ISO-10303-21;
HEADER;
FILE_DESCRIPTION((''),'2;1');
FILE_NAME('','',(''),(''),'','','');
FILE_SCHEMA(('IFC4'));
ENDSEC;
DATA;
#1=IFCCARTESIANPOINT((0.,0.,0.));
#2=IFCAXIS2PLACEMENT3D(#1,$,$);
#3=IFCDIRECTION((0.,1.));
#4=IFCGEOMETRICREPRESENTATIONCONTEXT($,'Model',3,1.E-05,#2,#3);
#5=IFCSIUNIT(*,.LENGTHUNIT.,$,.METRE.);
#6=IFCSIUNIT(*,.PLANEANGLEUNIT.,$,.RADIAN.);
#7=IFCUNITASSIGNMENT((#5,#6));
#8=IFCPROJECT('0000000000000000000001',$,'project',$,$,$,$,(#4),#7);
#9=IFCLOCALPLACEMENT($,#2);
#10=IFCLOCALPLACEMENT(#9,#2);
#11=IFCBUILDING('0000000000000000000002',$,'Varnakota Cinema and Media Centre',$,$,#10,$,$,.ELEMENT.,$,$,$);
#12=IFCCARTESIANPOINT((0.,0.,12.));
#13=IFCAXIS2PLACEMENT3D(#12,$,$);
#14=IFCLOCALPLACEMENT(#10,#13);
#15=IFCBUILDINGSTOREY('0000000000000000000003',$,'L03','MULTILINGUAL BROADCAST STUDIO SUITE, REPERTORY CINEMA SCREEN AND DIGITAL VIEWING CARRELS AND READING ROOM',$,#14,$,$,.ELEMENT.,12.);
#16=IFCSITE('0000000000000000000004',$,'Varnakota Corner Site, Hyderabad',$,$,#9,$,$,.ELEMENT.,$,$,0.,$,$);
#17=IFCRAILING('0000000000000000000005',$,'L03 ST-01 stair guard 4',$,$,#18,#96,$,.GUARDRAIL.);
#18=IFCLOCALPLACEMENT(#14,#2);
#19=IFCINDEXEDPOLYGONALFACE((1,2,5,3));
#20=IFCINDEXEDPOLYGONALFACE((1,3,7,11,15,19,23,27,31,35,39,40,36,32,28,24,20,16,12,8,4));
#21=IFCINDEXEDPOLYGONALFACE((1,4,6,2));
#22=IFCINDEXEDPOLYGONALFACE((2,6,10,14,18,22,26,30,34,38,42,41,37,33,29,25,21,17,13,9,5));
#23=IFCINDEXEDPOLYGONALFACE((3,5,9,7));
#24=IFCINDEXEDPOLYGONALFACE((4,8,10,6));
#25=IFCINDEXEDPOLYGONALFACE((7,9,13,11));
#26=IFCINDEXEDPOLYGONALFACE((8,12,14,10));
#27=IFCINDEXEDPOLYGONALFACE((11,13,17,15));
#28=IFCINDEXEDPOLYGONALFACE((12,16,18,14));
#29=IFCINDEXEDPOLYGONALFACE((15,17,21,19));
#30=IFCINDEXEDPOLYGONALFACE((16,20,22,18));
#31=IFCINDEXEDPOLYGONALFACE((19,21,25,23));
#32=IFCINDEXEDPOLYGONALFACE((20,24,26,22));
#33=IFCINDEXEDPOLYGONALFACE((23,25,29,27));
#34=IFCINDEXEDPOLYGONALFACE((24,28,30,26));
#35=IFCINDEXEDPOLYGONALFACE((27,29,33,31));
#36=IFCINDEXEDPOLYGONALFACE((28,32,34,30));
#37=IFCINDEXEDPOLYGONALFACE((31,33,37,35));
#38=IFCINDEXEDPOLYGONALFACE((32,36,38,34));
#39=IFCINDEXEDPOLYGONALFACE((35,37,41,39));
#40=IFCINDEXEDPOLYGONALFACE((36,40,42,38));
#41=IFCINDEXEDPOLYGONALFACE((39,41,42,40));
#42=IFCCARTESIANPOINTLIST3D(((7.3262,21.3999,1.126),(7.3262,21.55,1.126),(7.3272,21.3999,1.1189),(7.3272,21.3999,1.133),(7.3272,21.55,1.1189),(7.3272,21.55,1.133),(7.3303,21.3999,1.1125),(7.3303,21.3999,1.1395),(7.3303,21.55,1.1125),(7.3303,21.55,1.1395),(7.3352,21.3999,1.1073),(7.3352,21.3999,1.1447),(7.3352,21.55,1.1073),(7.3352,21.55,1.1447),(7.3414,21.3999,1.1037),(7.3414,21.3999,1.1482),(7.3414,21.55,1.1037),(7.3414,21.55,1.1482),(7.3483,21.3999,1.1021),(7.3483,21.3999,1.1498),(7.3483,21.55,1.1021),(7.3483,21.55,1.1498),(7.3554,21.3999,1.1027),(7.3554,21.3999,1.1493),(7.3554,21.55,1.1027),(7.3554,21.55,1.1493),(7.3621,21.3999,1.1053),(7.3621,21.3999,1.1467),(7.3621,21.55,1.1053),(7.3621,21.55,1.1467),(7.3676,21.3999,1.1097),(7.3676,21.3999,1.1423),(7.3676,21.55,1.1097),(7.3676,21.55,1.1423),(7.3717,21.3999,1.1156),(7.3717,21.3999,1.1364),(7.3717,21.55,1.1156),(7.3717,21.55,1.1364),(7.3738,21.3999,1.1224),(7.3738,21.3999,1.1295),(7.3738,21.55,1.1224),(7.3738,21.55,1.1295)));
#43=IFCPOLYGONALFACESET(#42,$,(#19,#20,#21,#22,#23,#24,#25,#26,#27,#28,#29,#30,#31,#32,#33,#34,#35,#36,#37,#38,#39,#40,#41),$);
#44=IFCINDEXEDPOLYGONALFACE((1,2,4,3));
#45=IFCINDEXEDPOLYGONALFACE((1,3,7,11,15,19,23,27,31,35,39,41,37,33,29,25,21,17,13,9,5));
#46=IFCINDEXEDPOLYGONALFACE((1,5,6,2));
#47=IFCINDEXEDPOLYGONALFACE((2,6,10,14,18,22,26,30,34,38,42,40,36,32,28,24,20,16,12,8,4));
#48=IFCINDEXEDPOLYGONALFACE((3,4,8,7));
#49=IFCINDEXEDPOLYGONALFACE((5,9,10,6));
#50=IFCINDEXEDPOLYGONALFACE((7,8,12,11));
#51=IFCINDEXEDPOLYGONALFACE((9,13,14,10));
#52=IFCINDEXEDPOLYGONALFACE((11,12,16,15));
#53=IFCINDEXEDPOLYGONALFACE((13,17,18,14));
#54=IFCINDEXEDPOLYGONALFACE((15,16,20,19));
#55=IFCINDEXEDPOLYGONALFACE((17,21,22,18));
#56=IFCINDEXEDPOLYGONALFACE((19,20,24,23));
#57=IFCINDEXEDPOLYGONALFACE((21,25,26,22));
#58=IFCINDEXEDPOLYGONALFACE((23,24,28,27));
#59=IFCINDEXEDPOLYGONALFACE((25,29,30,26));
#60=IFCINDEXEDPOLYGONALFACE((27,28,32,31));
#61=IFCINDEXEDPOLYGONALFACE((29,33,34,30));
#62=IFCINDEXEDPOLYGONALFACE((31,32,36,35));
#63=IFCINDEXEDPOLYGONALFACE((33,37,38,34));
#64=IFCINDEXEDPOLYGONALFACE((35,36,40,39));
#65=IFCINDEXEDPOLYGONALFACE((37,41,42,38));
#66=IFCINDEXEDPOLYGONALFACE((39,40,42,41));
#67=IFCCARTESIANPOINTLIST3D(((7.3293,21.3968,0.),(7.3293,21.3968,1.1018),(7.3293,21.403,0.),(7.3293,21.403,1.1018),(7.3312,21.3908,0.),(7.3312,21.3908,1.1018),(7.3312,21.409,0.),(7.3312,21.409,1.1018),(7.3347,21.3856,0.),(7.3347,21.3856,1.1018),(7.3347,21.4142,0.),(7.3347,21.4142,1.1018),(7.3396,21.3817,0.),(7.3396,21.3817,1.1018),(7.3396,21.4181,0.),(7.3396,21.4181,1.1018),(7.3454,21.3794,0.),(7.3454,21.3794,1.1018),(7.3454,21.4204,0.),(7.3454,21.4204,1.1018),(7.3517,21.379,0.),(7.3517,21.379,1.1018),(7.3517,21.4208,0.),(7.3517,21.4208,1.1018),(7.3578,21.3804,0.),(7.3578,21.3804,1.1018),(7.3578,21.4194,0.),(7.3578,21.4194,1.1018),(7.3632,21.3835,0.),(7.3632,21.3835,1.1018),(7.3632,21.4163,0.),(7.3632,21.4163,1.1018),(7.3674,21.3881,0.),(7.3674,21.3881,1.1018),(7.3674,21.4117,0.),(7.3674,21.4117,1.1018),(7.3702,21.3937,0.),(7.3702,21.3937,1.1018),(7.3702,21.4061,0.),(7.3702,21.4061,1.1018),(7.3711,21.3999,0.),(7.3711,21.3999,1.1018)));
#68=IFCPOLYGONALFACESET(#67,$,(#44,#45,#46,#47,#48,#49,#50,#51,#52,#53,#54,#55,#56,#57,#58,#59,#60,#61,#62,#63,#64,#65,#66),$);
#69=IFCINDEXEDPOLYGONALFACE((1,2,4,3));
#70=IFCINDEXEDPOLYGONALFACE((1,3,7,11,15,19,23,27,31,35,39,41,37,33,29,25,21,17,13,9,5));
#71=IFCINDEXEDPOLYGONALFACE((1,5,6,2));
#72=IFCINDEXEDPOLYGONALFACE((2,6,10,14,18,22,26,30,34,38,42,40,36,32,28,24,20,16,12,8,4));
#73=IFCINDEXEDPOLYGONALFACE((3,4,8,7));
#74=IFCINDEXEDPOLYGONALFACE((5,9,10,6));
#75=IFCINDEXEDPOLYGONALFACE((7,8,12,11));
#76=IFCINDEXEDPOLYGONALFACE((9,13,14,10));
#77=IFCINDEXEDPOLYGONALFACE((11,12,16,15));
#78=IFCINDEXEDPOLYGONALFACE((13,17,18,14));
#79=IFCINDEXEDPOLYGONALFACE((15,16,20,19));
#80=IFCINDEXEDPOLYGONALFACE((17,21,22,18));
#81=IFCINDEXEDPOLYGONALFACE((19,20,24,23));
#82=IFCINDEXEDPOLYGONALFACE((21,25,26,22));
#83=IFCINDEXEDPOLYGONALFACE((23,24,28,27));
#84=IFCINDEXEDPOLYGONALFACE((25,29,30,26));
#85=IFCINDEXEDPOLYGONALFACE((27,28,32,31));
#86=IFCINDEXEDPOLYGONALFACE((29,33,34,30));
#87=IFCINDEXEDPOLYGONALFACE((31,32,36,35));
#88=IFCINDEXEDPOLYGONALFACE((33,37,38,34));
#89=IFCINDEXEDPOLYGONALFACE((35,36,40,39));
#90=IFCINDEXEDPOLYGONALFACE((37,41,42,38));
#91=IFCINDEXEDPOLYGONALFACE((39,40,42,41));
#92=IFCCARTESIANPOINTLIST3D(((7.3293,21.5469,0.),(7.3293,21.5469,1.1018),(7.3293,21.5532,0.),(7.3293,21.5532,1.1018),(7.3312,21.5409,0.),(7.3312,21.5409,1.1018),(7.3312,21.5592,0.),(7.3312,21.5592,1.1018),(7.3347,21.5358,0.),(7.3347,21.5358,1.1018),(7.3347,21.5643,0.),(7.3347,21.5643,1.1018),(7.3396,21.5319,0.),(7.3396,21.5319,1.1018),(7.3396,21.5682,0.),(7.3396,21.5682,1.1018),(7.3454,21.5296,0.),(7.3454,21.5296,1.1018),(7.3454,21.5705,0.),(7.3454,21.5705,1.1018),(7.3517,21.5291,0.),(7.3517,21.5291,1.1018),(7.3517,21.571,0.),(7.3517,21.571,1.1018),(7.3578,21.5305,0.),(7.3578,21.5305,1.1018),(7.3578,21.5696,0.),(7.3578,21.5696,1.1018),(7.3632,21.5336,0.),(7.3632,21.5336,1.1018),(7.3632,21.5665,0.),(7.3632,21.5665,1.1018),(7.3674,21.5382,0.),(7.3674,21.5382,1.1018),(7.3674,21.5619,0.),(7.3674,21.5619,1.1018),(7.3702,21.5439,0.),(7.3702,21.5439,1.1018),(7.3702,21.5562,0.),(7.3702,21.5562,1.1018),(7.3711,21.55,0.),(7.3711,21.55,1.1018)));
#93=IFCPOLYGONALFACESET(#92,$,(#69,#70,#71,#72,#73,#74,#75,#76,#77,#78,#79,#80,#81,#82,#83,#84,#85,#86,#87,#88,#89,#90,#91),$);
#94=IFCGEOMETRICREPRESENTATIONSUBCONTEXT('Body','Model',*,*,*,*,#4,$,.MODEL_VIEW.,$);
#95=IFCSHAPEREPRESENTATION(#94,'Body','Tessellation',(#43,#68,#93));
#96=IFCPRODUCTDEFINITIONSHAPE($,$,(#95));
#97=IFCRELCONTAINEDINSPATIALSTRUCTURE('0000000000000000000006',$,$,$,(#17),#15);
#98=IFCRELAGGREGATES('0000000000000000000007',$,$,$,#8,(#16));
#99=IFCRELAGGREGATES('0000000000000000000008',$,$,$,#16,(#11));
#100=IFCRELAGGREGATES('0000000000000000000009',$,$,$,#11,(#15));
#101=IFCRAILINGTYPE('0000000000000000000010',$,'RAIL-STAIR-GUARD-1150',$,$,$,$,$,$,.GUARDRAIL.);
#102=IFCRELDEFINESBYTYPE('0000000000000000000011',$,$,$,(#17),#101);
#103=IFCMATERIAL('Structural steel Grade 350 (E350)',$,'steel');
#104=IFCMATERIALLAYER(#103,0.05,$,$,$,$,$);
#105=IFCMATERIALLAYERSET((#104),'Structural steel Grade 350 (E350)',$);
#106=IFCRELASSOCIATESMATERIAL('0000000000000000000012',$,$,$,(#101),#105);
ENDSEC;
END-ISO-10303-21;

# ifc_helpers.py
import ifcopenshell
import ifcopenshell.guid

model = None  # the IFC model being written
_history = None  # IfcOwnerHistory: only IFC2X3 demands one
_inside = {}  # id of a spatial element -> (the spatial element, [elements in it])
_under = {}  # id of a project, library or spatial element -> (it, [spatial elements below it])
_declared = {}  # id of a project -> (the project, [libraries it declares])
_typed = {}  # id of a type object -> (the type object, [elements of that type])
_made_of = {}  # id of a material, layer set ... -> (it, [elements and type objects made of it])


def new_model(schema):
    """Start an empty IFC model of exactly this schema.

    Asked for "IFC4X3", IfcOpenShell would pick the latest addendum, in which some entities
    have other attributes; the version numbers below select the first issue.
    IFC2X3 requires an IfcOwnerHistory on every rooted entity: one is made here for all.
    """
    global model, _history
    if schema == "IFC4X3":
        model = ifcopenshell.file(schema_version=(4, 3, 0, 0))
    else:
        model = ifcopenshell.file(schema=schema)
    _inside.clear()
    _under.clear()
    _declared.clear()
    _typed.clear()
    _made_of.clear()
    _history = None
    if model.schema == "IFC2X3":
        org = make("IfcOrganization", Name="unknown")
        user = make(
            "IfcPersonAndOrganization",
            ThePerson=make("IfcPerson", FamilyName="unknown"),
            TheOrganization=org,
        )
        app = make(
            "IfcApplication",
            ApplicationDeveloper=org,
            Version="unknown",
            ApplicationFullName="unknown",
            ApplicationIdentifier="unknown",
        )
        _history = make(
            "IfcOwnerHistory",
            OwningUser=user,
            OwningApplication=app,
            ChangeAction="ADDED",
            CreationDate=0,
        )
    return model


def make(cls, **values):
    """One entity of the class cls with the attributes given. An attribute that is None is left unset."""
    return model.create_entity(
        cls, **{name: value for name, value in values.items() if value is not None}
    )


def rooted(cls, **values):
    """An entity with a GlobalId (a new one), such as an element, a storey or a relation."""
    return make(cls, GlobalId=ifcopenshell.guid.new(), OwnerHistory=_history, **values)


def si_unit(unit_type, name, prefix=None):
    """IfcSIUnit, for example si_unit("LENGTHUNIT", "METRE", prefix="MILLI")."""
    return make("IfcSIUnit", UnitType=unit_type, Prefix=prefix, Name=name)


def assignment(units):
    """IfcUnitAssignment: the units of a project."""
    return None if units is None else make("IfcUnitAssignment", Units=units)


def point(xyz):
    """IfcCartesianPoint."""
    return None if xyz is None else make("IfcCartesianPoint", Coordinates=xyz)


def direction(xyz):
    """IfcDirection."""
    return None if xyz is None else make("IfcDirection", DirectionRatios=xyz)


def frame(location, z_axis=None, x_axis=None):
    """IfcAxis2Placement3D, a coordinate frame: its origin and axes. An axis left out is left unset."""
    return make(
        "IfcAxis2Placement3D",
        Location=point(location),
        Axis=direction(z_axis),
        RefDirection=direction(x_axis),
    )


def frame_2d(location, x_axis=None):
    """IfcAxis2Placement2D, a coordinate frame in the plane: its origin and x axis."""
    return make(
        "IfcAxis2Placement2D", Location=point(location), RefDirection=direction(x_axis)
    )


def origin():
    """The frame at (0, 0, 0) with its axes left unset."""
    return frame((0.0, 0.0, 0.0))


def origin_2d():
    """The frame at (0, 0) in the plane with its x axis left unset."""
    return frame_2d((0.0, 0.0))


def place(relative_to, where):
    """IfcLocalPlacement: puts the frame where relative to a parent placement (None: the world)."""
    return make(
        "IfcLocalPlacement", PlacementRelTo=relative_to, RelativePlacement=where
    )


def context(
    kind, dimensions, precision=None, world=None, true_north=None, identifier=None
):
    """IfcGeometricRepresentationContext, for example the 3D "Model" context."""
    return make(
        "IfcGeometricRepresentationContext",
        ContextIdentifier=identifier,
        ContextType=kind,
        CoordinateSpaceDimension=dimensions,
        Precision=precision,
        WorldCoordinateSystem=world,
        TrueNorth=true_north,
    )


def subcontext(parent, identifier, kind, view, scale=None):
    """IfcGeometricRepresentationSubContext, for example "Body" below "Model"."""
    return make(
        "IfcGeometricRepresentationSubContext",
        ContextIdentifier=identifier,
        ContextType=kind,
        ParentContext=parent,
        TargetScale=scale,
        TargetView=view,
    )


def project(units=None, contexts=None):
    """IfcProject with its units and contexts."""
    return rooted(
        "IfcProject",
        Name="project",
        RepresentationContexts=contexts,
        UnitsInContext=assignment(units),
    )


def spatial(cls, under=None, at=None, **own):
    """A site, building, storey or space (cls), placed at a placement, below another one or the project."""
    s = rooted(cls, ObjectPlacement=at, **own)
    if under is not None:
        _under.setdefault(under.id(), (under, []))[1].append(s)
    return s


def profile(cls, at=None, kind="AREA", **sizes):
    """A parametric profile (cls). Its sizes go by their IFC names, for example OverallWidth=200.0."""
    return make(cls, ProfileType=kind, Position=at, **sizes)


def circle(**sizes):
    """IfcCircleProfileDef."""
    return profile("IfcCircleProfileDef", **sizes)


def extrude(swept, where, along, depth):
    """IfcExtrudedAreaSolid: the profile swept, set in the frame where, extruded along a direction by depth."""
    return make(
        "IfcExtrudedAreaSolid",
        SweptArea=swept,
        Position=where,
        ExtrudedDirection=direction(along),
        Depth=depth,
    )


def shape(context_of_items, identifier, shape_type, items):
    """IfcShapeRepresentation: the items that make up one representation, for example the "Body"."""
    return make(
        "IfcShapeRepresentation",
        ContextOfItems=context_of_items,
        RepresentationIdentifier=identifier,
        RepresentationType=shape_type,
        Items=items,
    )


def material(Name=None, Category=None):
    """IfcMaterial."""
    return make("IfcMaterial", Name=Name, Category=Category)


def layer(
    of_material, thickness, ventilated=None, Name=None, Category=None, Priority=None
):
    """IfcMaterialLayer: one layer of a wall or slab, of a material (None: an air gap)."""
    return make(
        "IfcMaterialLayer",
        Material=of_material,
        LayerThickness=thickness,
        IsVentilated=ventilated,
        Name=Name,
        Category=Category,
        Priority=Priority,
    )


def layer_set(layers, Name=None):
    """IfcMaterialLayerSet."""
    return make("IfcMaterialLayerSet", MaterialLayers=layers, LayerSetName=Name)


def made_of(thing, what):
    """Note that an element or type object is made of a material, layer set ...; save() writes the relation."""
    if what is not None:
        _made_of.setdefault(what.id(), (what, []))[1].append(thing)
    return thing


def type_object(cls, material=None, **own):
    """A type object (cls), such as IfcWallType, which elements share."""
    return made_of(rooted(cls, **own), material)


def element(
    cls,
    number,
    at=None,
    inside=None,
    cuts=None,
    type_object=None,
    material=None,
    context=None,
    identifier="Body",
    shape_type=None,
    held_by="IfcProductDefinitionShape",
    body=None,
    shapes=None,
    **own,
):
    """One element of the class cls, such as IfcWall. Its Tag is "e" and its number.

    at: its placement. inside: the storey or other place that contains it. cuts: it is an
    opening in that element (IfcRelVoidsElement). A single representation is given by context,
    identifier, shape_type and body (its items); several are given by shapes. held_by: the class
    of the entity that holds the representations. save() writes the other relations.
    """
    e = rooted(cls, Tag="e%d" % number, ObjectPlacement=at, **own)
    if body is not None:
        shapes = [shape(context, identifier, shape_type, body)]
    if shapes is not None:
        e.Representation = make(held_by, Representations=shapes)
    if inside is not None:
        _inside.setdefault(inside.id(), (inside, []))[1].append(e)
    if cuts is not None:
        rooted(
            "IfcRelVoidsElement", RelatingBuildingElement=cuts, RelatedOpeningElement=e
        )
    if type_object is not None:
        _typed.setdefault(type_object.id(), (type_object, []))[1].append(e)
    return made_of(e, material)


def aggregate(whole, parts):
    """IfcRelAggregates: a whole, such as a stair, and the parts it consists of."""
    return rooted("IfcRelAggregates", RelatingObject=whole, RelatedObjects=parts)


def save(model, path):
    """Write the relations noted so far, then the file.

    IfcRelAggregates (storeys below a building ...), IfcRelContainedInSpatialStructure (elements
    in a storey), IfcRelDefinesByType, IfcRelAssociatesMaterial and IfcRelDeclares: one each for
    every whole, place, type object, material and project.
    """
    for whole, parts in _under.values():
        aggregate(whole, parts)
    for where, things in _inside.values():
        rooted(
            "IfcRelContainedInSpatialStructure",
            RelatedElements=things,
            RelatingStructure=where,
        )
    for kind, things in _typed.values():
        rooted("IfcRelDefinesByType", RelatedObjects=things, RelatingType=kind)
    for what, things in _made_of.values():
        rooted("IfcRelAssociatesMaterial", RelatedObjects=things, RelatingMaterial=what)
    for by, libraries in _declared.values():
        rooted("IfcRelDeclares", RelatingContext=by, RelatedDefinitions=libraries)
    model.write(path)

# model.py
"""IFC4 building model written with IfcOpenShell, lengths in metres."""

from ifc_helpers import new_model, si_unit, direction, frame, origin, origin_2d, place, context, subcontext, project, spatial, circle, extrude, material, layer, layer_set, type_object, element, save


model = new_model("IFC4")

# Units and contexts
model_context = context("Model", 3, precision=1e-05, world=origin(), true_north=direction((0.0, 1.0)))
body_context = subcontext(model_context, "Body", "Model", "MODEL_VIEW")
ifc_project = project(units=[si_unit("LENGTHUNIT", "METRE"), si_unit("PLANEANGLEUNIT", "RADIAN")], contexts=[model_context])

# Site, building, storey
site_placement = place(None, origin())
site = spatial("IfcSite", under=ifc_project, at=site_placement, Name="Varnakota Corner Site, Hyderabad", CompositionType="ELEMENT", RefElevation=0.0)
building_placement = place(site_placement, origin())
building = spatial("IfcBuilding", under=site, at=building_placement, Name="Varnakota Cinema and Media Centre", CompositionType="ELEMENT")
storey_placement = place(building_placement, frame((0.0, 0.0, 12.0)))
storey = spatial("IfcBuildingStorey", under=building, at=storey_placement, Name="L03", Description="MULTILINGUAL BROADCAST STUDIO SUITE, REPERTORY CINEMA SCREEN AND DIGITAL VIEWING CARRELS AND READING ROOM", CompositionType="ELEMENT", Elevation=12.0)

# Railing
ifc_material_1 = material(Name="Structural steel Grade 350 (E350)", Category="steel")
ifc_layer_1 = layer(ifc_material_1, 0.05)
ifc_layer_set_1 = layer_set([ifc_layer_1], Name="Structural steel Grade 350 (E350)")
railing_type_1 = type_object("IfcRailingType", Name="RAIL-STAIR-GUARD-1150", PredefinedType="GUARDRAIL", material=ifc_layer_set_1)
railing_1_placement = place(storey_placement, frame((7.3501, 21.3999, 0.0)))
element("IfcRailing", 1, at=railing_1_placement, inside=storey, type_object=railing_type_1, Name="L03 ST-01 stair guard 4", PredefinedType="GUARDRAIL", context=body_context, shape_type="SweptSolid", body=[
    extrude(circle(Radius=0.0239, at=origin_2d()), frame((0.0, 0.0, 1.126), z_axis=(0.0, 1.0, 0.0), x_axis=(-1.0, 0.0, 0.0)), (0.0, 0.0, 1.0), 0.1501),
    extrude(circle(Radius=0.021, at=origin_2d()), origin(), (0.0, 0.0, 1.0), 1.1018),
    extrude(circle(Radius=0.021, at=origin_2d()), frame((0.0, 0.1501, 0.0)), (0.0, 0.0, 1.0), 1.1018),
])

save(model, "model.ifc")
